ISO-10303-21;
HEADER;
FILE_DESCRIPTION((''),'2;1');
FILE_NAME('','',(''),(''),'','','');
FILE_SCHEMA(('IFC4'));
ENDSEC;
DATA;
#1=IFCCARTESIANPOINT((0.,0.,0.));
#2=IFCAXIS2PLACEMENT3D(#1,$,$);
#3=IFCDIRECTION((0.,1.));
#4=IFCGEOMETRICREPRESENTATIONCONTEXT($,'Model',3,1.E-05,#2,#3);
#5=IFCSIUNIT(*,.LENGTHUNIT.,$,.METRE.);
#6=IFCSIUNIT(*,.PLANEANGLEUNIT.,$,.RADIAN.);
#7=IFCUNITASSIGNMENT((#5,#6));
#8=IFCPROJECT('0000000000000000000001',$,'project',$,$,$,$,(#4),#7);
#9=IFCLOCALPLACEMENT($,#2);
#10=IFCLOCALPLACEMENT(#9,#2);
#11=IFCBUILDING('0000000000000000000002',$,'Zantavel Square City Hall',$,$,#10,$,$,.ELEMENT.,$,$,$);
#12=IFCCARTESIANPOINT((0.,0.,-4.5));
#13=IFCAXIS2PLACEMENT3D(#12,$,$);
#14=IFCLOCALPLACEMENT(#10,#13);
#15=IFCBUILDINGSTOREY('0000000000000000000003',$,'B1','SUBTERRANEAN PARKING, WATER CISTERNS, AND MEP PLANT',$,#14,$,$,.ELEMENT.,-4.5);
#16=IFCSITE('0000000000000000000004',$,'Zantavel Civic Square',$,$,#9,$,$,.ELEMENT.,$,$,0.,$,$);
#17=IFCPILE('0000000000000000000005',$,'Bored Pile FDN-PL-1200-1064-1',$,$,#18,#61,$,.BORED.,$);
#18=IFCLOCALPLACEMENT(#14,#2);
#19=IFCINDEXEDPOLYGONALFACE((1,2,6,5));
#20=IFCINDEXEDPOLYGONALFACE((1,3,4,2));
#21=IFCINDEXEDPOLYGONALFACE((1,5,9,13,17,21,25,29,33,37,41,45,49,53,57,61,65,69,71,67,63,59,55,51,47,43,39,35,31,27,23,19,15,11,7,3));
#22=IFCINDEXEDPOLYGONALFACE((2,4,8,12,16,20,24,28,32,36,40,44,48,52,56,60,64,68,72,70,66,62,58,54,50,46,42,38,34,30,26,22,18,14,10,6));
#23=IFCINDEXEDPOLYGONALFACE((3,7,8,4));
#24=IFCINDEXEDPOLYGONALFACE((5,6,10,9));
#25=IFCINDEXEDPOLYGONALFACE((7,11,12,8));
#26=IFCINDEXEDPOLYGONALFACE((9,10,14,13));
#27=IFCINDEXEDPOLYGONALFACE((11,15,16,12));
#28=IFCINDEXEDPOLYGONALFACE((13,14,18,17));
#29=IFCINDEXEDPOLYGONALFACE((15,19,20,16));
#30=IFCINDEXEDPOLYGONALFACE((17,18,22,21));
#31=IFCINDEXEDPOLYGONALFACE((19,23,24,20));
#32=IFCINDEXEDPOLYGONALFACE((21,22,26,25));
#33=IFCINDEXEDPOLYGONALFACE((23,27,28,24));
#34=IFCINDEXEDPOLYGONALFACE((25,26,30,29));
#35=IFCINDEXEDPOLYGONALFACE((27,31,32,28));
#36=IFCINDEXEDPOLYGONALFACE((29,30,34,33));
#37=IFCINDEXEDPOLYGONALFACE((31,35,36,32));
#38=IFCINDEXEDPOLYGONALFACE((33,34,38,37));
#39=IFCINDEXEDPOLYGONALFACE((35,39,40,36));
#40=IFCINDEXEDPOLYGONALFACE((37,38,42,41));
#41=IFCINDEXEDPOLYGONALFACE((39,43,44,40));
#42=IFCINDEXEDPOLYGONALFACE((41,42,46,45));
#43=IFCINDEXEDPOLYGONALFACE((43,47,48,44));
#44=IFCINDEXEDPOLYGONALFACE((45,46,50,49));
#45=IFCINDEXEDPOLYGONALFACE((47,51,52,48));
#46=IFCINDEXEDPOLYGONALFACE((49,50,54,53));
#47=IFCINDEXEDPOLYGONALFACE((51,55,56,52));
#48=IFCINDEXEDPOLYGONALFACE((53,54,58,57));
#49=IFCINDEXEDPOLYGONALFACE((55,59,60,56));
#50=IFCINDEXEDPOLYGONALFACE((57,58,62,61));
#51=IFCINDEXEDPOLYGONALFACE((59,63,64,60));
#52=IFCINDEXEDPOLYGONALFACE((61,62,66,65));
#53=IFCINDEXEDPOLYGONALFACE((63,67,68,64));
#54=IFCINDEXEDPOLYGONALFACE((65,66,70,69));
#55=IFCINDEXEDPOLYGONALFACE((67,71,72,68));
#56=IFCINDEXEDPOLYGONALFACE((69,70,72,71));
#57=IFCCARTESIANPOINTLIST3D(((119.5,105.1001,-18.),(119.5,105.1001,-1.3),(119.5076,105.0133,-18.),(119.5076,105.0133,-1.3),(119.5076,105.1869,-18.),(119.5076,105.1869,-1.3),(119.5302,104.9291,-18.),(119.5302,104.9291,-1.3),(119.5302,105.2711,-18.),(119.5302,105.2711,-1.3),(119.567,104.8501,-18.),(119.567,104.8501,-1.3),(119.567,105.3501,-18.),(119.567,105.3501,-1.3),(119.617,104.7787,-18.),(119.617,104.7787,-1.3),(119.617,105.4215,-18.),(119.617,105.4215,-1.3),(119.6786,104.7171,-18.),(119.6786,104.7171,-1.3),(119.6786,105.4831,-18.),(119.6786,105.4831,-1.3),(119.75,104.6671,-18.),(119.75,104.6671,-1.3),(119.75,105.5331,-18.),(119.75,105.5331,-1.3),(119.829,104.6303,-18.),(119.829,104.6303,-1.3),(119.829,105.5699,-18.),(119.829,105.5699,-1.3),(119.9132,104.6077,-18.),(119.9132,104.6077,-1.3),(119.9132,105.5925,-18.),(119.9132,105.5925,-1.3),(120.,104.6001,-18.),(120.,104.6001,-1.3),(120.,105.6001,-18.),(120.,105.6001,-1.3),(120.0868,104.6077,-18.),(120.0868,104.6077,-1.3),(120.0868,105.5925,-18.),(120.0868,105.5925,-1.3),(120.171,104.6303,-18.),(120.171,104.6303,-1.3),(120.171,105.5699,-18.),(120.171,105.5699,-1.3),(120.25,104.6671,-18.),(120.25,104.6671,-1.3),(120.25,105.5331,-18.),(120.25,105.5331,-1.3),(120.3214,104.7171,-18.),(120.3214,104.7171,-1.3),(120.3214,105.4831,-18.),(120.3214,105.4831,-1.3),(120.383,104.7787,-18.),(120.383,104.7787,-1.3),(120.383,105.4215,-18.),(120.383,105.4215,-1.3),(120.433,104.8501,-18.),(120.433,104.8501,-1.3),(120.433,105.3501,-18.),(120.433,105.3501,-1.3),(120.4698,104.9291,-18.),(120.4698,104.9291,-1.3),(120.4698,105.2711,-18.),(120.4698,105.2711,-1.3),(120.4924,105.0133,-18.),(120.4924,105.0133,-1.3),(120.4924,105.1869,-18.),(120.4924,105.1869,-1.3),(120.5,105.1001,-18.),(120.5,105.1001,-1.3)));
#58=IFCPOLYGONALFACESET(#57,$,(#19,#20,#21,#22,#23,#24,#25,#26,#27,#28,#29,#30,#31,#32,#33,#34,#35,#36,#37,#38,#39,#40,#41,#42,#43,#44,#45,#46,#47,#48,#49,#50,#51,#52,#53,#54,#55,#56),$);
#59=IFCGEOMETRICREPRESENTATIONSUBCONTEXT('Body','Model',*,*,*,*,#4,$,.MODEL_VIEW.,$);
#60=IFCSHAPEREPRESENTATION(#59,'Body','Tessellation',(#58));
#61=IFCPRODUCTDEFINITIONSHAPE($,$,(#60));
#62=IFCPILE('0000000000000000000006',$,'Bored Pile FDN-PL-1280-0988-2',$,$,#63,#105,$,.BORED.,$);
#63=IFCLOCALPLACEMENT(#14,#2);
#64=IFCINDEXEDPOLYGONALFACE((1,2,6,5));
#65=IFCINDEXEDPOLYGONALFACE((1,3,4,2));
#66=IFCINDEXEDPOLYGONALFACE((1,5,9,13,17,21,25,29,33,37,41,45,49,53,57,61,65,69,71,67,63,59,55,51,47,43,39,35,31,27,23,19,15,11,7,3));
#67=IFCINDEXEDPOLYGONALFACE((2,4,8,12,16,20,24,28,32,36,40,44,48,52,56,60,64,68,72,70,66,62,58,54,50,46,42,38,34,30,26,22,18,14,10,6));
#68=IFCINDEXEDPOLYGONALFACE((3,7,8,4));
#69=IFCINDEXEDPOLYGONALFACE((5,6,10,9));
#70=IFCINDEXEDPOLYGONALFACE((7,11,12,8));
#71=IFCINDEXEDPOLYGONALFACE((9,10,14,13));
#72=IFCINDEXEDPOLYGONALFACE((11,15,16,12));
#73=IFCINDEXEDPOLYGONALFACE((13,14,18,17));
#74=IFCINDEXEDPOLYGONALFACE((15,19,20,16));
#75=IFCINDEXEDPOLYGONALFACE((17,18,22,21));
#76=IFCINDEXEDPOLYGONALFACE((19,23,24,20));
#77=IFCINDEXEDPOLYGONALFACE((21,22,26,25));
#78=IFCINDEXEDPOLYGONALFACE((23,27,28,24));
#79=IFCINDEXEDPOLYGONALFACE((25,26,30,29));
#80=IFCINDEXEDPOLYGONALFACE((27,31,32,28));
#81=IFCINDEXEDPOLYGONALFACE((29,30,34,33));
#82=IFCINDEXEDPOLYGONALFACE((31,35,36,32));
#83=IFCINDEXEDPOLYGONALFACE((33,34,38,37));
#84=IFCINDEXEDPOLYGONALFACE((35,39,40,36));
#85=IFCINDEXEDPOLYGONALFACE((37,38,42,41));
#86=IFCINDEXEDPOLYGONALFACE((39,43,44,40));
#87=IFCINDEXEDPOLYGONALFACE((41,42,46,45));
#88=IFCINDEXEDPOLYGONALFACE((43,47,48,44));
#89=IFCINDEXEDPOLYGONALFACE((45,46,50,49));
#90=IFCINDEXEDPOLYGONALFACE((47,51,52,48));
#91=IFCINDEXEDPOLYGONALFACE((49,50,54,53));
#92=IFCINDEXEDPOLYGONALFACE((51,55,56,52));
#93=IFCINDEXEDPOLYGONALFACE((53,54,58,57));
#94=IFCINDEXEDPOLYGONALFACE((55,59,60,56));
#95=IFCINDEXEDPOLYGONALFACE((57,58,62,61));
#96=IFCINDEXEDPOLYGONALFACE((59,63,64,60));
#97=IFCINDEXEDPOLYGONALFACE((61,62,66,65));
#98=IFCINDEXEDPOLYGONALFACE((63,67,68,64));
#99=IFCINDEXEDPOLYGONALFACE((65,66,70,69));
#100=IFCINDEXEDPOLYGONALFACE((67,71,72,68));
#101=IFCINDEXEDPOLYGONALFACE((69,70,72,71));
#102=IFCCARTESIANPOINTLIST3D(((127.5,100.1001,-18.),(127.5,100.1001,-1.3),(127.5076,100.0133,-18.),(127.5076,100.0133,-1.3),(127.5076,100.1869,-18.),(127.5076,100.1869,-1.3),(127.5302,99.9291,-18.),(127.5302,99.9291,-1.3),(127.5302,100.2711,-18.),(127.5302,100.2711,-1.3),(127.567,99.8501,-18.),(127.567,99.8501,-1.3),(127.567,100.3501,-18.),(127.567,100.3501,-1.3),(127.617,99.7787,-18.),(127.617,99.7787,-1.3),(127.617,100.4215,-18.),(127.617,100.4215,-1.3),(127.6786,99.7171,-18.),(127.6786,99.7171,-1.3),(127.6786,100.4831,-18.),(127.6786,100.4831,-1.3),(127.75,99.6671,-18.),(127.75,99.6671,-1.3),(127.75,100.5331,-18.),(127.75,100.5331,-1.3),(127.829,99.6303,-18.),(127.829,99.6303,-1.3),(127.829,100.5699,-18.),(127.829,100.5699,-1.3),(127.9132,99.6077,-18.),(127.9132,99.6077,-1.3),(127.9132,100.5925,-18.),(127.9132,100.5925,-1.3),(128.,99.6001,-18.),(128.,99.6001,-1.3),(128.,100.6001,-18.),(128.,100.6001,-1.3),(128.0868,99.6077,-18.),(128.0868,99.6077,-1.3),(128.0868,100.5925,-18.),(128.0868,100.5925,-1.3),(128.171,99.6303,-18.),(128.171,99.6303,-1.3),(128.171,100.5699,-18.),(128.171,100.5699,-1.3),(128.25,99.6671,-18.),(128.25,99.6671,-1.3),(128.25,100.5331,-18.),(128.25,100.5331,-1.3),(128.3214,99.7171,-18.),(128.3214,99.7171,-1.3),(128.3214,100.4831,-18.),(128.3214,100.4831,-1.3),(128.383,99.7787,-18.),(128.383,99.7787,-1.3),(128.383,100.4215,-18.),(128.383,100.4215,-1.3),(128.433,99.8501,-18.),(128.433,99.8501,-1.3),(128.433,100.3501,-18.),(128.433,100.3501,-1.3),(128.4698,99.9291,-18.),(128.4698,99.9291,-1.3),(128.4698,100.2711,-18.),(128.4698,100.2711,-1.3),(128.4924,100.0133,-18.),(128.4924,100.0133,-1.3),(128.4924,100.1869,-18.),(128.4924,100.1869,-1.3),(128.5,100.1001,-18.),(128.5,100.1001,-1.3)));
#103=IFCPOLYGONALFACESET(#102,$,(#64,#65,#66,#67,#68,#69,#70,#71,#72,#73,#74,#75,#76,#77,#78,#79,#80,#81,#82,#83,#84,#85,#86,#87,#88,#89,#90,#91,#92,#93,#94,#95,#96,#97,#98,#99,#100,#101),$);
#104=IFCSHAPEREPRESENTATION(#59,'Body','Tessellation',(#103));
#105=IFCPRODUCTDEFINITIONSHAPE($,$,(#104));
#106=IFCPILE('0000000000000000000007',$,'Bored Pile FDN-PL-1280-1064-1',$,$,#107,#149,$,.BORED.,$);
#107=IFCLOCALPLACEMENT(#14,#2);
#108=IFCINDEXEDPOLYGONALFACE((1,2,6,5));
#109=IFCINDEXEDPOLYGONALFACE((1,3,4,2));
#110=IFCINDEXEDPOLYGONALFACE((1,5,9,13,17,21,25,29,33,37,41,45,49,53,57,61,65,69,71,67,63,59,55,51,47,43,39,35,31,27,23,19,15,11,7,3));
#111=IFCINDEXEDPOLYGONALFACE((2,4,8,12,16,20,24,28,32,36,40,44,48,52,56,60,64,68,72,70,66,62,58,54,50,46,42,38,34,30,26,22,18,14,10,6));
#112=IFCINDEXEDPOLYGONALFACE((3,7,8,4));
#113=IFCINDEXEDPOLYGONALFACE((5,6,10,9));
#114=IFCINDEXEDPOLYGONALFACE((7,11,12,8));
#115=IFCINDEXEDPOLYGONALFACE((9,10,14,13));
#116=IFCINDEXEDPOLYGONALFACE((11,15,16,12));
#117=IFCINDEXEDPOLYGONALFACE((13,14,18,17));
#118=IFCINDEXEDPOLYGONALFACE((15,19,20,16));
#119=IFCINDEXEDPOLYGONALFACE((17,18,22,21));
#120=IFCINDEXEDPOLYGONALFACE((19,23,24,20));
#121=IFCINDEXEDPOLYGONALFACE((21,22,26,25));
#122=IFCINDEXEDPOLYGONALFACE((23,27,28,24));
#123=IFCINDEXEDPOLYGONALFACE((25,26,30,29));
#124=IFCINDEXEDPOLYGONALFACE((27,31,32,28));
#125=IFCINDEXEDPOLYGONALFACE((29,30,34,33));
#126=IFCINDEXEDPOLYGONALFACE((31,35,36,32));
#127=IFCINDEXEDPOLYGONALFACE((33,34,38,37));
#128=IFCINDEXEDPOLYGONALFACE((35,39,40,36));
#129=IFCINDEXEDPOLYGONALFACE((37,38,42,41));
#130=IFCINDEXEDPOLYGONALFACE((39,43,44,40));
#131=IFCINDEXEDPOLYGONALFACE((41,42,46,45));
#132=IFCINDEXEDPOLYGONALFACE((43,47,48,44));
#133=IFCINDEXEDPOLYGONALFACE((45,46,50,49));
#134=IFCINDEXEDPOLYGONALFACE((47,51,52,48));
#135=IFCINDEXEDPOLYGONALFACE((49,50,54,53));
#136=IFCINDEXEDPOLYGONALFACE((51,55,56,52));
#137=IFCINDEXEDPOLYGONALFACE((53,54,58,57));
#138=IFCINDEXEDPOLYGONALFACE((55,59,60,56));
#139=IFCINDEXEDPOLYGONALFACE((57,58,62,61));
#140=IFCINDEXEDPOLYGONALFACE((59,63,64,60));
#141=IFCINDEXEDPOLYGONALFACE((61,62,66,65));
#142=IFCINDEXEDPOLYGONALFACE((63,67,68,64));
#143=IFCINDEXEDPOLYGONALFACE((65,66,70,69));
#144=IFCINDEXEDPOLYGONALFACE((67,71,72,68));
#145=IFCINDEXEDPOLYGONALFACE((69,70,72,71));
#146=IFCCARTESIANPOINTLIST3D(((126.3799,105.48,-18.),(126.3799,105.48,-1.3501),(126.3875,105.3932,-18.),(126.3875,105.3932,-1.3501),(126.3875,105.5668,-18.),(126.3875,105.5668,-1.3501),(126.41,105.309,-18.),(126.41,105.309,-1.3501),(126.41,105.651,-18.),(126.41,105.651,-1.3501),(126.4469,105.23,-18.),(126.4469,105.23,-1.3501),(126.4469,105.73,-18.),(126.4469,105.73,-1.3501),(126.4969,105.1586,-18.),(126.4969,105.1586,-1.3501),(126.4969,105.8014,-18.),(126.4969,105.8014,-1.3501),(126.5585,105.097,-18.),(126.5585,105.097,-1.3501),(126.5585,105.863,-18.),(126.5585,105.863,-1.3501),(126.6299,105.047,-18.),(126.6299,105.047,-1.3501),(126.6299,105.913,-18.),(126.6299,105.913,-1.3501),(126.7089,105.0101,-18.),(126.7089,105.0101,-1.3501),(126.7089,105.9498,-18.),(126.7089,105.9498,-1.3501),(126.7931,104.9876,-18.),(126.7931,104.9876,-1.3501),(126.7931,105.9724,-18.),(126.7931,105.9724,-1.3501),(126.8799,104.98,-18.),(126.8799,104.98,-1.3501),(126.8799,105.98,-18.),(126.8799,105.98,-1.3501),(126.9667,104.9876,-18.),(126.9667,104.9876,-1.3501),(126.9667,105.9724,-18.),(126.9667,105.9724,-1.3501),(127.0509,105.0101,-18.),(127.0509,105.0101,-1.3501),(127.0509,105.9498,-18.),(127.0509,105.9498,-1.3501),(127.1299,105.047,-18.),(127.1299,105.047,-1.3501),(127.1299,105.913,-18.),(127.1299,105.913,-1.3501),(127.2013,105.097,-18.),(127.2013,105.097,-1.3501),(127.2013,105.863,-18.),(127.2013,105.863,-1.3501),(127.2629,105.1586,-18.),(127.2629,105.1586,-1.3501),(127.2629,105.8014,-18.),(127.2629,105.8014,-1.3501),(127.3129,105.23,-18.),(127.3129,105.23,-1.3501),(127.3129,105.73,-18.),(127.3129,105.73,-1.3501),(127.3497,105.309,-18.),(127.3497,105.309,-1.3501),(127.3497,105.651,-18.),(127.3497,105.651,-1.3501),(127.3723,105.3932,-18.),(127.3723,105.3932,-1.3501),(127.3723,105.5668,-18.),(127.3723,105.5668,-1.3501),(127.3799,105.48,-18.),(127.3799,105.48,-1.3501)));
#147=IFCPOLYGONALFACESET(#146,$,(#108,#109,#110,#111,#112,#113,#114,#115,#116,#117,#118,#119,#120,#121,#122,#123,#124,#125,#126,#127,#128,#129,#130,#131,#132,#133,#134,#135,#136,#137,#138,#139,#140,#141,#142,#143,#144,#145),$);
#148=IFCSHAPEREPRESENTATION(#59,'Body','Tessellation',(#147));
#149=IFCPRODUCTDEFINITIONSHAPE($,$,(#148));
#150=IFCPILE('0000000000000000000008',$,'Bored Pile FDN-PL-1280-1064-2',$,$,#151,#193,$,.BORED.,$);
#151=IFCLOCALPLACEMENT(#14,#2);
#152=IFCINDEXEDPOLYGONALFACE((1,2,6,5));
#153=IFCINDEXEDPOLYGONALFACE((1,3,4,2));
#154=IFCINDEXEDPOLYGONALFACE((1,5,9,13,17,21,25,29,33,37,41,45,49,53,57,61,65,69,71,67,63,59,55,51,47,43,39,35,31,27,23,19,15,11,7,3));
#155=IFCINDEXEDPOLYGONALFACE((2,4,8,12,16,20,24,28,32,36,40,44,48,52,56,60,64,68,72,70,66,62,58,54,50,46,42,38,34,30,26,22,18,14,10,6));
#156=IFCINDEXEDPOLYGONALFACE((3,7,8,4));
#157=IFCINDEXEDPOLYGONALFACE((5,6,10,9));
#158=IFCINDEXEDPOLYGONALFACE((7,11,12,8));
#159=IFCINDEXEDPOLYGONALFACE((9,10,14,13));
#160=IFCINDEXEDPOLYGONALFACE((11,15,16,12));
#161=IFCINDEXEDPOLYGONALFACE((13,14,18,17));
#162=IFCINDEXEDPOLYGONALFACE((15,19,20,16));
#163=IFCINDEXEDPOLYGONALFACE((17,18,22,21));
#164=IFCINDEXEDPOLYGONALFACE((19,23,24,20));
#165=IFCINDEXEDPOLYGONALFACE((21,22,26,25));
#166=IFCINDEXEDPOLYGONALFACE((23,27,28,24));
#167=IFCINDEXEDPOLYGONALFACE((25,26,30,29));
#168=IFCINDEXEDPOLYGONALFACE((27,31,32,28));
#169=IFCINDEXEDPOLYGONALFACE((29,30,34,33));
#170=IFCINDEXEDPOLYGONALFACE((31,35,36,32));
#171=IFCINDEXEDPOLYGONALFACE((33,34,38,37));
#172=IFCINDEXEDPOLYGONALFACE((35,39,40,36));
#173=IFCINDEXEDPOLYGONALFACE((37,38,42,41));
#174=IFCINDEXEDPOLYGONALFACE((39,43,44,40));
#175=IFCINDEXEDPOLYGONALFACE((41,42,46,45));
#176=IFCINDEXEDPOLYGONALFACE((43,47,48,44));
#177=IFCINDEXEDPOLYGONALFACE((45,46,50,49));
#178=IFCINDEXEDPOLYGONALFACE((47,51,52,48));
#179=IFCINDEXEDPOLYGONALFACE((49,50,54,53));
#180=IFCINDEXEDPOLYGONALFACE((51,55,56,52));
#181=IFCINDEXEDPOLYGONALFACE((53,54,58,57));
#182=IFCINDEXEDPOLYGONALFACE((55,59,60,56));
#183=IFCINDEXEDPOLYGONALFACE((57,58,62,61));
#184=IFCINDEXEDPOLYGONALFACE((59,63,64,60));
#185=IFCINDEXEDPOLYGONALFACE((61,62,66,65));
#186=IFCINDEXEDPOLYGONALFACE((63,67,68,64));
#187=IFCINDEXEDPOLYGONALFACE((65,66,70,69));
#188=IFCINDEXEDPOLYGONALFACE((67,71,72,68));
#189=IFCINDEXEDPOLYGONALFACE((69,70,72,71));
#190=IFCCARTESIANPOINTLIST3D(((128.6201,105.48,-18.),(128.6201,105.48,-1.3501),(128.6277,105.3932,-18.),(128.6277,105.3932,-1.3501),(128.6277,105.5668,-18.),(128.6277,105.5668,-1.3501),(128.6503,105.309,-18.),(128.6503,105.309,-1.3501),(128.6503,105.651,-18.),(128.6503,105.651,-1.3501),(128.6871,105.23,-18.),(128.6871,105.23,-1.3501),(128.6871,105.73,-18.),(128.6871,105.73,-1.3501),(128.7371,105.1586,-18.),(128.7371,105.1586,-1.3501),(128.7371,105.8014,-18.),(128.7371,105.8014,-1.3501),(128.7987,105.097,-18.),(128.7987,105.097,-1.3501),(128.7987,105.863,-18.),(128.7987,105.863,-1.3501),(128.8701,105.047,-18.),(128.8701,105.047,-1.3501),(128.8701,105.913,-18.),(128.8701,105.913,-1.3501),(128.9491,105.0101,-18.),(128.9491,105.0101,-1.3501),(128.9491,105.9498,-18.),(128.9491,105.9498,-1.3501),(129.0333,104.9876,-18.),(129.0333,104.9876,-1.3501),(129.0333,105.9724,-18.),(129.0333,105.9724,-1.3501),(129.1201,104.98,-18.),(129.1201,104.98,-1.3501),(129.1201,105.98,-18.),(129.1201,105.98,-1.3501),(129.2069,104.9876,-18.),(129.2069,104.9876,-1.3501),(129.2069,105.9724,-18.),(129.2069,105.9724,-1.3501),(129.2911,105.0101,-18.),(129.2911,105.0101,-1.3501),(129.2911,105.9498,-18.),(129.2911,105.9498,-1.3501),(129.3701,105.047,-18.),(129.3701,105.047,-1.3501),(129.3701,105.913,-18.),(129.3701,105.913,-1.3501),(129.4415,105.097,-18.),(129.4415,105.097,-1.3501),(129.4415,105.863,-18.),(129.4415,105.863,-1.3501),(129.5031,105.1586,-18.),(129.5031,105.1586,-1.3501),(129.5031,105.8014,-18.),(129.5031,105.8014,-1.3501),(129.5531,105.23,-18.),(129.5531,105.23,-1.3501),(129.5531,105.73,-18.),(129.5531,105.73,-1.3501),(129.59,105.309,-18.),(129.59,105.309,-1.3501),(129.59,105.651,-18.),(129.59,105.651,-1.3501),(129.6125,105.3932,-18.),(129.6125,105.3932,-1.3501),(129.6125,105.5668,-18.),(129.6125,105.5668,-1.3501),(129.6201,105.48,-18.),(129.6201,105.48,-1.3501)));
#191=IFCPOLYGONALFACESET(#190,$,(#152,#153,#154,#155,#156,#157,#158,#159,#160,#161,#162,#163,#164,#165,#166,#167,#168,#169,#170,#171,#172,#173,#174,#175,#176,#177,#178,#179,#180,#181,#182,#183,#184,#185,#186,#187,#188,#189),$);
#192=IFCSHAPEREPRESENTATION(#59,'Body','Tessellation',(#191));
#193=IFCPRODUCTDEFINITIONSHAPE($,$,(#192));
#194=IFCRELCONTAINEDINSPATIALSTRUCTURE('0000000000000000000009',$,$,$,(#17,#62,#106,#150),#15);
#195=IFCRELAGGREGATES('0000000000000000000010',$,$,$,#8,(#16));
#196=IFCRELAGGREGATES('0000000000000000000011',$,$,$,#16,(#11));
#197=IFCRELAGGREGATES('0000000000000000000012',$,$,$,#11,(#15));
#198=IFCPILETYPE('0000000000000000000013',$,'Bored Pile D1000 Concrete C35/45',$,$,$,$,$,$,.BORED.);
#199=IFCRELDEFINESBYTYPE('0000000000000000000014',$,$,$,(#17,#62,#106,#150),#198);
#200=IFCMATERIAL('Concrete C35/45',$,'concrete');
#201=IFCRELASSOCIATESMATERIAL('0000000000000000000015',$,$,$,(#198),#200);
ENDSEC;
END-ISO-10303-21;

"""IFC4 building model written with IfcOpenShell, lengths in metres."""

from ifc_helpers import new_model, si_unit, direction, frame, origin, origin_2d, place, context, subcontext, project, spatial, circle, extrude, material, material_profile, profile_set, type_object, element, save


model = new_model("IFC4")

# Units and contexts
model_context = context("Model", 3, precision=1e-05, world=origin(), true_north=direction((0.0, 1.0)))
body_context = subcontext(model_context, "Body", "Model", "MODEL_VIEW")
ifc_project = project(units=[si_unit("LENGTHUNIT", "METRE"), si_unit("PLANEANGLEUNIT", "RADIAN")], contexts=[model_context])

# Site, building, storey
site_placement = place(None, origin())
site = spatial("IfcSite", under=ifc_project, at=site_placement, Name="Zantavel Civic Square", CompositionType="ELEMENT", RefElevation=0.0)
building_placement = place(site_placement, origin())
building = spatial("IfcBuilding", under=site, at=building_placement, Name="Zantavel Square City Hall", CompositionType="ELEMENT")
storey_placement = place(building_placement, frame((0.0, 0.0, -4.5)))
storey = spatial("IfcBuildingStorey", under=building, at=storey_placement, Name="B1", Description="SUBTERRANEAN PARKING, WATER CISTERNS, AND MEP PLANT", CompositionType="ELEMENT", Elevation=-4.5)

# Piles
ifc_material_1 = material(Name="Concrete C35/45", Category="concrete")
ifc_material_profile_1 = material_profile(ifc_material_1, circle(Radius=0.5, at=origin_2d()), Name="PILE D1000")
ifc_profile_set_1 = profile_set([ifc_material_profile_1], Name="Concrete C35/45")
pile_type = type_object("IfcPileType", Name="Bored Pile D1000 Concrete C35/45", PredefinedType="BORED", material=ifc_profile_set_1)
for number, where, z_axis, x_axis, name in (
    (1, (120.0, 105.1001, -1.3), (0.0, 0.0, -1.0), (1.0, 0.0, 0.0), "Bored Pile FDN-PL-1200-1064-1"),
    (2, (128.0, 100.1001, -1.3), (0.0, 0.0, -1.0), (1.0, 0.0, 0.0), "Bored Pile FDN-PL-1280-0988-2"),
):
    element("IfcPile", number, at=place(storey_placement, frame(where, z_axis=z_axis, x_axis=x_axis)), inside=storey, type_object=pile_type, Name=name, PredefinedType="BORED", context=body_context, shape_type="SweptSolid", body=[
        extrude(circle(Radius=0.5, at=origin_2d()), origin(), (0.0, 0.0, 1.0), 16.7),
    ])
for number, where, z_axis, x_axis, name in (
    (3, (126.8799, 105.48, -1.3501), (0.0, 0.0, -1.0), (1.0, 0.0, 0.0), "Bored Pile FDN-PL-1280-1064-1"),
    (4, (129.1201, 105.48, -1.3501), (0.0, 0.0, -1.0), (1.0, 0.0, 0.0), "Bored Pile FDN-PL-1280-1064-2"),
):
    element("IfcPile", number, at=place(storey_placement, frame(where, z_axis=z_axis, x_axis=x_axis)), inside=storey, type_object=pile_type, Name=name, PredefinedType="BORED", context=body_context, shape_type="SweptSolid", body=[
        extrude(circle(Radius=0.5, at=origin_2d()), origin(), (0.0, 0.0, 1.0), 16.6499),
    ])

save(model, "model.ifc")
